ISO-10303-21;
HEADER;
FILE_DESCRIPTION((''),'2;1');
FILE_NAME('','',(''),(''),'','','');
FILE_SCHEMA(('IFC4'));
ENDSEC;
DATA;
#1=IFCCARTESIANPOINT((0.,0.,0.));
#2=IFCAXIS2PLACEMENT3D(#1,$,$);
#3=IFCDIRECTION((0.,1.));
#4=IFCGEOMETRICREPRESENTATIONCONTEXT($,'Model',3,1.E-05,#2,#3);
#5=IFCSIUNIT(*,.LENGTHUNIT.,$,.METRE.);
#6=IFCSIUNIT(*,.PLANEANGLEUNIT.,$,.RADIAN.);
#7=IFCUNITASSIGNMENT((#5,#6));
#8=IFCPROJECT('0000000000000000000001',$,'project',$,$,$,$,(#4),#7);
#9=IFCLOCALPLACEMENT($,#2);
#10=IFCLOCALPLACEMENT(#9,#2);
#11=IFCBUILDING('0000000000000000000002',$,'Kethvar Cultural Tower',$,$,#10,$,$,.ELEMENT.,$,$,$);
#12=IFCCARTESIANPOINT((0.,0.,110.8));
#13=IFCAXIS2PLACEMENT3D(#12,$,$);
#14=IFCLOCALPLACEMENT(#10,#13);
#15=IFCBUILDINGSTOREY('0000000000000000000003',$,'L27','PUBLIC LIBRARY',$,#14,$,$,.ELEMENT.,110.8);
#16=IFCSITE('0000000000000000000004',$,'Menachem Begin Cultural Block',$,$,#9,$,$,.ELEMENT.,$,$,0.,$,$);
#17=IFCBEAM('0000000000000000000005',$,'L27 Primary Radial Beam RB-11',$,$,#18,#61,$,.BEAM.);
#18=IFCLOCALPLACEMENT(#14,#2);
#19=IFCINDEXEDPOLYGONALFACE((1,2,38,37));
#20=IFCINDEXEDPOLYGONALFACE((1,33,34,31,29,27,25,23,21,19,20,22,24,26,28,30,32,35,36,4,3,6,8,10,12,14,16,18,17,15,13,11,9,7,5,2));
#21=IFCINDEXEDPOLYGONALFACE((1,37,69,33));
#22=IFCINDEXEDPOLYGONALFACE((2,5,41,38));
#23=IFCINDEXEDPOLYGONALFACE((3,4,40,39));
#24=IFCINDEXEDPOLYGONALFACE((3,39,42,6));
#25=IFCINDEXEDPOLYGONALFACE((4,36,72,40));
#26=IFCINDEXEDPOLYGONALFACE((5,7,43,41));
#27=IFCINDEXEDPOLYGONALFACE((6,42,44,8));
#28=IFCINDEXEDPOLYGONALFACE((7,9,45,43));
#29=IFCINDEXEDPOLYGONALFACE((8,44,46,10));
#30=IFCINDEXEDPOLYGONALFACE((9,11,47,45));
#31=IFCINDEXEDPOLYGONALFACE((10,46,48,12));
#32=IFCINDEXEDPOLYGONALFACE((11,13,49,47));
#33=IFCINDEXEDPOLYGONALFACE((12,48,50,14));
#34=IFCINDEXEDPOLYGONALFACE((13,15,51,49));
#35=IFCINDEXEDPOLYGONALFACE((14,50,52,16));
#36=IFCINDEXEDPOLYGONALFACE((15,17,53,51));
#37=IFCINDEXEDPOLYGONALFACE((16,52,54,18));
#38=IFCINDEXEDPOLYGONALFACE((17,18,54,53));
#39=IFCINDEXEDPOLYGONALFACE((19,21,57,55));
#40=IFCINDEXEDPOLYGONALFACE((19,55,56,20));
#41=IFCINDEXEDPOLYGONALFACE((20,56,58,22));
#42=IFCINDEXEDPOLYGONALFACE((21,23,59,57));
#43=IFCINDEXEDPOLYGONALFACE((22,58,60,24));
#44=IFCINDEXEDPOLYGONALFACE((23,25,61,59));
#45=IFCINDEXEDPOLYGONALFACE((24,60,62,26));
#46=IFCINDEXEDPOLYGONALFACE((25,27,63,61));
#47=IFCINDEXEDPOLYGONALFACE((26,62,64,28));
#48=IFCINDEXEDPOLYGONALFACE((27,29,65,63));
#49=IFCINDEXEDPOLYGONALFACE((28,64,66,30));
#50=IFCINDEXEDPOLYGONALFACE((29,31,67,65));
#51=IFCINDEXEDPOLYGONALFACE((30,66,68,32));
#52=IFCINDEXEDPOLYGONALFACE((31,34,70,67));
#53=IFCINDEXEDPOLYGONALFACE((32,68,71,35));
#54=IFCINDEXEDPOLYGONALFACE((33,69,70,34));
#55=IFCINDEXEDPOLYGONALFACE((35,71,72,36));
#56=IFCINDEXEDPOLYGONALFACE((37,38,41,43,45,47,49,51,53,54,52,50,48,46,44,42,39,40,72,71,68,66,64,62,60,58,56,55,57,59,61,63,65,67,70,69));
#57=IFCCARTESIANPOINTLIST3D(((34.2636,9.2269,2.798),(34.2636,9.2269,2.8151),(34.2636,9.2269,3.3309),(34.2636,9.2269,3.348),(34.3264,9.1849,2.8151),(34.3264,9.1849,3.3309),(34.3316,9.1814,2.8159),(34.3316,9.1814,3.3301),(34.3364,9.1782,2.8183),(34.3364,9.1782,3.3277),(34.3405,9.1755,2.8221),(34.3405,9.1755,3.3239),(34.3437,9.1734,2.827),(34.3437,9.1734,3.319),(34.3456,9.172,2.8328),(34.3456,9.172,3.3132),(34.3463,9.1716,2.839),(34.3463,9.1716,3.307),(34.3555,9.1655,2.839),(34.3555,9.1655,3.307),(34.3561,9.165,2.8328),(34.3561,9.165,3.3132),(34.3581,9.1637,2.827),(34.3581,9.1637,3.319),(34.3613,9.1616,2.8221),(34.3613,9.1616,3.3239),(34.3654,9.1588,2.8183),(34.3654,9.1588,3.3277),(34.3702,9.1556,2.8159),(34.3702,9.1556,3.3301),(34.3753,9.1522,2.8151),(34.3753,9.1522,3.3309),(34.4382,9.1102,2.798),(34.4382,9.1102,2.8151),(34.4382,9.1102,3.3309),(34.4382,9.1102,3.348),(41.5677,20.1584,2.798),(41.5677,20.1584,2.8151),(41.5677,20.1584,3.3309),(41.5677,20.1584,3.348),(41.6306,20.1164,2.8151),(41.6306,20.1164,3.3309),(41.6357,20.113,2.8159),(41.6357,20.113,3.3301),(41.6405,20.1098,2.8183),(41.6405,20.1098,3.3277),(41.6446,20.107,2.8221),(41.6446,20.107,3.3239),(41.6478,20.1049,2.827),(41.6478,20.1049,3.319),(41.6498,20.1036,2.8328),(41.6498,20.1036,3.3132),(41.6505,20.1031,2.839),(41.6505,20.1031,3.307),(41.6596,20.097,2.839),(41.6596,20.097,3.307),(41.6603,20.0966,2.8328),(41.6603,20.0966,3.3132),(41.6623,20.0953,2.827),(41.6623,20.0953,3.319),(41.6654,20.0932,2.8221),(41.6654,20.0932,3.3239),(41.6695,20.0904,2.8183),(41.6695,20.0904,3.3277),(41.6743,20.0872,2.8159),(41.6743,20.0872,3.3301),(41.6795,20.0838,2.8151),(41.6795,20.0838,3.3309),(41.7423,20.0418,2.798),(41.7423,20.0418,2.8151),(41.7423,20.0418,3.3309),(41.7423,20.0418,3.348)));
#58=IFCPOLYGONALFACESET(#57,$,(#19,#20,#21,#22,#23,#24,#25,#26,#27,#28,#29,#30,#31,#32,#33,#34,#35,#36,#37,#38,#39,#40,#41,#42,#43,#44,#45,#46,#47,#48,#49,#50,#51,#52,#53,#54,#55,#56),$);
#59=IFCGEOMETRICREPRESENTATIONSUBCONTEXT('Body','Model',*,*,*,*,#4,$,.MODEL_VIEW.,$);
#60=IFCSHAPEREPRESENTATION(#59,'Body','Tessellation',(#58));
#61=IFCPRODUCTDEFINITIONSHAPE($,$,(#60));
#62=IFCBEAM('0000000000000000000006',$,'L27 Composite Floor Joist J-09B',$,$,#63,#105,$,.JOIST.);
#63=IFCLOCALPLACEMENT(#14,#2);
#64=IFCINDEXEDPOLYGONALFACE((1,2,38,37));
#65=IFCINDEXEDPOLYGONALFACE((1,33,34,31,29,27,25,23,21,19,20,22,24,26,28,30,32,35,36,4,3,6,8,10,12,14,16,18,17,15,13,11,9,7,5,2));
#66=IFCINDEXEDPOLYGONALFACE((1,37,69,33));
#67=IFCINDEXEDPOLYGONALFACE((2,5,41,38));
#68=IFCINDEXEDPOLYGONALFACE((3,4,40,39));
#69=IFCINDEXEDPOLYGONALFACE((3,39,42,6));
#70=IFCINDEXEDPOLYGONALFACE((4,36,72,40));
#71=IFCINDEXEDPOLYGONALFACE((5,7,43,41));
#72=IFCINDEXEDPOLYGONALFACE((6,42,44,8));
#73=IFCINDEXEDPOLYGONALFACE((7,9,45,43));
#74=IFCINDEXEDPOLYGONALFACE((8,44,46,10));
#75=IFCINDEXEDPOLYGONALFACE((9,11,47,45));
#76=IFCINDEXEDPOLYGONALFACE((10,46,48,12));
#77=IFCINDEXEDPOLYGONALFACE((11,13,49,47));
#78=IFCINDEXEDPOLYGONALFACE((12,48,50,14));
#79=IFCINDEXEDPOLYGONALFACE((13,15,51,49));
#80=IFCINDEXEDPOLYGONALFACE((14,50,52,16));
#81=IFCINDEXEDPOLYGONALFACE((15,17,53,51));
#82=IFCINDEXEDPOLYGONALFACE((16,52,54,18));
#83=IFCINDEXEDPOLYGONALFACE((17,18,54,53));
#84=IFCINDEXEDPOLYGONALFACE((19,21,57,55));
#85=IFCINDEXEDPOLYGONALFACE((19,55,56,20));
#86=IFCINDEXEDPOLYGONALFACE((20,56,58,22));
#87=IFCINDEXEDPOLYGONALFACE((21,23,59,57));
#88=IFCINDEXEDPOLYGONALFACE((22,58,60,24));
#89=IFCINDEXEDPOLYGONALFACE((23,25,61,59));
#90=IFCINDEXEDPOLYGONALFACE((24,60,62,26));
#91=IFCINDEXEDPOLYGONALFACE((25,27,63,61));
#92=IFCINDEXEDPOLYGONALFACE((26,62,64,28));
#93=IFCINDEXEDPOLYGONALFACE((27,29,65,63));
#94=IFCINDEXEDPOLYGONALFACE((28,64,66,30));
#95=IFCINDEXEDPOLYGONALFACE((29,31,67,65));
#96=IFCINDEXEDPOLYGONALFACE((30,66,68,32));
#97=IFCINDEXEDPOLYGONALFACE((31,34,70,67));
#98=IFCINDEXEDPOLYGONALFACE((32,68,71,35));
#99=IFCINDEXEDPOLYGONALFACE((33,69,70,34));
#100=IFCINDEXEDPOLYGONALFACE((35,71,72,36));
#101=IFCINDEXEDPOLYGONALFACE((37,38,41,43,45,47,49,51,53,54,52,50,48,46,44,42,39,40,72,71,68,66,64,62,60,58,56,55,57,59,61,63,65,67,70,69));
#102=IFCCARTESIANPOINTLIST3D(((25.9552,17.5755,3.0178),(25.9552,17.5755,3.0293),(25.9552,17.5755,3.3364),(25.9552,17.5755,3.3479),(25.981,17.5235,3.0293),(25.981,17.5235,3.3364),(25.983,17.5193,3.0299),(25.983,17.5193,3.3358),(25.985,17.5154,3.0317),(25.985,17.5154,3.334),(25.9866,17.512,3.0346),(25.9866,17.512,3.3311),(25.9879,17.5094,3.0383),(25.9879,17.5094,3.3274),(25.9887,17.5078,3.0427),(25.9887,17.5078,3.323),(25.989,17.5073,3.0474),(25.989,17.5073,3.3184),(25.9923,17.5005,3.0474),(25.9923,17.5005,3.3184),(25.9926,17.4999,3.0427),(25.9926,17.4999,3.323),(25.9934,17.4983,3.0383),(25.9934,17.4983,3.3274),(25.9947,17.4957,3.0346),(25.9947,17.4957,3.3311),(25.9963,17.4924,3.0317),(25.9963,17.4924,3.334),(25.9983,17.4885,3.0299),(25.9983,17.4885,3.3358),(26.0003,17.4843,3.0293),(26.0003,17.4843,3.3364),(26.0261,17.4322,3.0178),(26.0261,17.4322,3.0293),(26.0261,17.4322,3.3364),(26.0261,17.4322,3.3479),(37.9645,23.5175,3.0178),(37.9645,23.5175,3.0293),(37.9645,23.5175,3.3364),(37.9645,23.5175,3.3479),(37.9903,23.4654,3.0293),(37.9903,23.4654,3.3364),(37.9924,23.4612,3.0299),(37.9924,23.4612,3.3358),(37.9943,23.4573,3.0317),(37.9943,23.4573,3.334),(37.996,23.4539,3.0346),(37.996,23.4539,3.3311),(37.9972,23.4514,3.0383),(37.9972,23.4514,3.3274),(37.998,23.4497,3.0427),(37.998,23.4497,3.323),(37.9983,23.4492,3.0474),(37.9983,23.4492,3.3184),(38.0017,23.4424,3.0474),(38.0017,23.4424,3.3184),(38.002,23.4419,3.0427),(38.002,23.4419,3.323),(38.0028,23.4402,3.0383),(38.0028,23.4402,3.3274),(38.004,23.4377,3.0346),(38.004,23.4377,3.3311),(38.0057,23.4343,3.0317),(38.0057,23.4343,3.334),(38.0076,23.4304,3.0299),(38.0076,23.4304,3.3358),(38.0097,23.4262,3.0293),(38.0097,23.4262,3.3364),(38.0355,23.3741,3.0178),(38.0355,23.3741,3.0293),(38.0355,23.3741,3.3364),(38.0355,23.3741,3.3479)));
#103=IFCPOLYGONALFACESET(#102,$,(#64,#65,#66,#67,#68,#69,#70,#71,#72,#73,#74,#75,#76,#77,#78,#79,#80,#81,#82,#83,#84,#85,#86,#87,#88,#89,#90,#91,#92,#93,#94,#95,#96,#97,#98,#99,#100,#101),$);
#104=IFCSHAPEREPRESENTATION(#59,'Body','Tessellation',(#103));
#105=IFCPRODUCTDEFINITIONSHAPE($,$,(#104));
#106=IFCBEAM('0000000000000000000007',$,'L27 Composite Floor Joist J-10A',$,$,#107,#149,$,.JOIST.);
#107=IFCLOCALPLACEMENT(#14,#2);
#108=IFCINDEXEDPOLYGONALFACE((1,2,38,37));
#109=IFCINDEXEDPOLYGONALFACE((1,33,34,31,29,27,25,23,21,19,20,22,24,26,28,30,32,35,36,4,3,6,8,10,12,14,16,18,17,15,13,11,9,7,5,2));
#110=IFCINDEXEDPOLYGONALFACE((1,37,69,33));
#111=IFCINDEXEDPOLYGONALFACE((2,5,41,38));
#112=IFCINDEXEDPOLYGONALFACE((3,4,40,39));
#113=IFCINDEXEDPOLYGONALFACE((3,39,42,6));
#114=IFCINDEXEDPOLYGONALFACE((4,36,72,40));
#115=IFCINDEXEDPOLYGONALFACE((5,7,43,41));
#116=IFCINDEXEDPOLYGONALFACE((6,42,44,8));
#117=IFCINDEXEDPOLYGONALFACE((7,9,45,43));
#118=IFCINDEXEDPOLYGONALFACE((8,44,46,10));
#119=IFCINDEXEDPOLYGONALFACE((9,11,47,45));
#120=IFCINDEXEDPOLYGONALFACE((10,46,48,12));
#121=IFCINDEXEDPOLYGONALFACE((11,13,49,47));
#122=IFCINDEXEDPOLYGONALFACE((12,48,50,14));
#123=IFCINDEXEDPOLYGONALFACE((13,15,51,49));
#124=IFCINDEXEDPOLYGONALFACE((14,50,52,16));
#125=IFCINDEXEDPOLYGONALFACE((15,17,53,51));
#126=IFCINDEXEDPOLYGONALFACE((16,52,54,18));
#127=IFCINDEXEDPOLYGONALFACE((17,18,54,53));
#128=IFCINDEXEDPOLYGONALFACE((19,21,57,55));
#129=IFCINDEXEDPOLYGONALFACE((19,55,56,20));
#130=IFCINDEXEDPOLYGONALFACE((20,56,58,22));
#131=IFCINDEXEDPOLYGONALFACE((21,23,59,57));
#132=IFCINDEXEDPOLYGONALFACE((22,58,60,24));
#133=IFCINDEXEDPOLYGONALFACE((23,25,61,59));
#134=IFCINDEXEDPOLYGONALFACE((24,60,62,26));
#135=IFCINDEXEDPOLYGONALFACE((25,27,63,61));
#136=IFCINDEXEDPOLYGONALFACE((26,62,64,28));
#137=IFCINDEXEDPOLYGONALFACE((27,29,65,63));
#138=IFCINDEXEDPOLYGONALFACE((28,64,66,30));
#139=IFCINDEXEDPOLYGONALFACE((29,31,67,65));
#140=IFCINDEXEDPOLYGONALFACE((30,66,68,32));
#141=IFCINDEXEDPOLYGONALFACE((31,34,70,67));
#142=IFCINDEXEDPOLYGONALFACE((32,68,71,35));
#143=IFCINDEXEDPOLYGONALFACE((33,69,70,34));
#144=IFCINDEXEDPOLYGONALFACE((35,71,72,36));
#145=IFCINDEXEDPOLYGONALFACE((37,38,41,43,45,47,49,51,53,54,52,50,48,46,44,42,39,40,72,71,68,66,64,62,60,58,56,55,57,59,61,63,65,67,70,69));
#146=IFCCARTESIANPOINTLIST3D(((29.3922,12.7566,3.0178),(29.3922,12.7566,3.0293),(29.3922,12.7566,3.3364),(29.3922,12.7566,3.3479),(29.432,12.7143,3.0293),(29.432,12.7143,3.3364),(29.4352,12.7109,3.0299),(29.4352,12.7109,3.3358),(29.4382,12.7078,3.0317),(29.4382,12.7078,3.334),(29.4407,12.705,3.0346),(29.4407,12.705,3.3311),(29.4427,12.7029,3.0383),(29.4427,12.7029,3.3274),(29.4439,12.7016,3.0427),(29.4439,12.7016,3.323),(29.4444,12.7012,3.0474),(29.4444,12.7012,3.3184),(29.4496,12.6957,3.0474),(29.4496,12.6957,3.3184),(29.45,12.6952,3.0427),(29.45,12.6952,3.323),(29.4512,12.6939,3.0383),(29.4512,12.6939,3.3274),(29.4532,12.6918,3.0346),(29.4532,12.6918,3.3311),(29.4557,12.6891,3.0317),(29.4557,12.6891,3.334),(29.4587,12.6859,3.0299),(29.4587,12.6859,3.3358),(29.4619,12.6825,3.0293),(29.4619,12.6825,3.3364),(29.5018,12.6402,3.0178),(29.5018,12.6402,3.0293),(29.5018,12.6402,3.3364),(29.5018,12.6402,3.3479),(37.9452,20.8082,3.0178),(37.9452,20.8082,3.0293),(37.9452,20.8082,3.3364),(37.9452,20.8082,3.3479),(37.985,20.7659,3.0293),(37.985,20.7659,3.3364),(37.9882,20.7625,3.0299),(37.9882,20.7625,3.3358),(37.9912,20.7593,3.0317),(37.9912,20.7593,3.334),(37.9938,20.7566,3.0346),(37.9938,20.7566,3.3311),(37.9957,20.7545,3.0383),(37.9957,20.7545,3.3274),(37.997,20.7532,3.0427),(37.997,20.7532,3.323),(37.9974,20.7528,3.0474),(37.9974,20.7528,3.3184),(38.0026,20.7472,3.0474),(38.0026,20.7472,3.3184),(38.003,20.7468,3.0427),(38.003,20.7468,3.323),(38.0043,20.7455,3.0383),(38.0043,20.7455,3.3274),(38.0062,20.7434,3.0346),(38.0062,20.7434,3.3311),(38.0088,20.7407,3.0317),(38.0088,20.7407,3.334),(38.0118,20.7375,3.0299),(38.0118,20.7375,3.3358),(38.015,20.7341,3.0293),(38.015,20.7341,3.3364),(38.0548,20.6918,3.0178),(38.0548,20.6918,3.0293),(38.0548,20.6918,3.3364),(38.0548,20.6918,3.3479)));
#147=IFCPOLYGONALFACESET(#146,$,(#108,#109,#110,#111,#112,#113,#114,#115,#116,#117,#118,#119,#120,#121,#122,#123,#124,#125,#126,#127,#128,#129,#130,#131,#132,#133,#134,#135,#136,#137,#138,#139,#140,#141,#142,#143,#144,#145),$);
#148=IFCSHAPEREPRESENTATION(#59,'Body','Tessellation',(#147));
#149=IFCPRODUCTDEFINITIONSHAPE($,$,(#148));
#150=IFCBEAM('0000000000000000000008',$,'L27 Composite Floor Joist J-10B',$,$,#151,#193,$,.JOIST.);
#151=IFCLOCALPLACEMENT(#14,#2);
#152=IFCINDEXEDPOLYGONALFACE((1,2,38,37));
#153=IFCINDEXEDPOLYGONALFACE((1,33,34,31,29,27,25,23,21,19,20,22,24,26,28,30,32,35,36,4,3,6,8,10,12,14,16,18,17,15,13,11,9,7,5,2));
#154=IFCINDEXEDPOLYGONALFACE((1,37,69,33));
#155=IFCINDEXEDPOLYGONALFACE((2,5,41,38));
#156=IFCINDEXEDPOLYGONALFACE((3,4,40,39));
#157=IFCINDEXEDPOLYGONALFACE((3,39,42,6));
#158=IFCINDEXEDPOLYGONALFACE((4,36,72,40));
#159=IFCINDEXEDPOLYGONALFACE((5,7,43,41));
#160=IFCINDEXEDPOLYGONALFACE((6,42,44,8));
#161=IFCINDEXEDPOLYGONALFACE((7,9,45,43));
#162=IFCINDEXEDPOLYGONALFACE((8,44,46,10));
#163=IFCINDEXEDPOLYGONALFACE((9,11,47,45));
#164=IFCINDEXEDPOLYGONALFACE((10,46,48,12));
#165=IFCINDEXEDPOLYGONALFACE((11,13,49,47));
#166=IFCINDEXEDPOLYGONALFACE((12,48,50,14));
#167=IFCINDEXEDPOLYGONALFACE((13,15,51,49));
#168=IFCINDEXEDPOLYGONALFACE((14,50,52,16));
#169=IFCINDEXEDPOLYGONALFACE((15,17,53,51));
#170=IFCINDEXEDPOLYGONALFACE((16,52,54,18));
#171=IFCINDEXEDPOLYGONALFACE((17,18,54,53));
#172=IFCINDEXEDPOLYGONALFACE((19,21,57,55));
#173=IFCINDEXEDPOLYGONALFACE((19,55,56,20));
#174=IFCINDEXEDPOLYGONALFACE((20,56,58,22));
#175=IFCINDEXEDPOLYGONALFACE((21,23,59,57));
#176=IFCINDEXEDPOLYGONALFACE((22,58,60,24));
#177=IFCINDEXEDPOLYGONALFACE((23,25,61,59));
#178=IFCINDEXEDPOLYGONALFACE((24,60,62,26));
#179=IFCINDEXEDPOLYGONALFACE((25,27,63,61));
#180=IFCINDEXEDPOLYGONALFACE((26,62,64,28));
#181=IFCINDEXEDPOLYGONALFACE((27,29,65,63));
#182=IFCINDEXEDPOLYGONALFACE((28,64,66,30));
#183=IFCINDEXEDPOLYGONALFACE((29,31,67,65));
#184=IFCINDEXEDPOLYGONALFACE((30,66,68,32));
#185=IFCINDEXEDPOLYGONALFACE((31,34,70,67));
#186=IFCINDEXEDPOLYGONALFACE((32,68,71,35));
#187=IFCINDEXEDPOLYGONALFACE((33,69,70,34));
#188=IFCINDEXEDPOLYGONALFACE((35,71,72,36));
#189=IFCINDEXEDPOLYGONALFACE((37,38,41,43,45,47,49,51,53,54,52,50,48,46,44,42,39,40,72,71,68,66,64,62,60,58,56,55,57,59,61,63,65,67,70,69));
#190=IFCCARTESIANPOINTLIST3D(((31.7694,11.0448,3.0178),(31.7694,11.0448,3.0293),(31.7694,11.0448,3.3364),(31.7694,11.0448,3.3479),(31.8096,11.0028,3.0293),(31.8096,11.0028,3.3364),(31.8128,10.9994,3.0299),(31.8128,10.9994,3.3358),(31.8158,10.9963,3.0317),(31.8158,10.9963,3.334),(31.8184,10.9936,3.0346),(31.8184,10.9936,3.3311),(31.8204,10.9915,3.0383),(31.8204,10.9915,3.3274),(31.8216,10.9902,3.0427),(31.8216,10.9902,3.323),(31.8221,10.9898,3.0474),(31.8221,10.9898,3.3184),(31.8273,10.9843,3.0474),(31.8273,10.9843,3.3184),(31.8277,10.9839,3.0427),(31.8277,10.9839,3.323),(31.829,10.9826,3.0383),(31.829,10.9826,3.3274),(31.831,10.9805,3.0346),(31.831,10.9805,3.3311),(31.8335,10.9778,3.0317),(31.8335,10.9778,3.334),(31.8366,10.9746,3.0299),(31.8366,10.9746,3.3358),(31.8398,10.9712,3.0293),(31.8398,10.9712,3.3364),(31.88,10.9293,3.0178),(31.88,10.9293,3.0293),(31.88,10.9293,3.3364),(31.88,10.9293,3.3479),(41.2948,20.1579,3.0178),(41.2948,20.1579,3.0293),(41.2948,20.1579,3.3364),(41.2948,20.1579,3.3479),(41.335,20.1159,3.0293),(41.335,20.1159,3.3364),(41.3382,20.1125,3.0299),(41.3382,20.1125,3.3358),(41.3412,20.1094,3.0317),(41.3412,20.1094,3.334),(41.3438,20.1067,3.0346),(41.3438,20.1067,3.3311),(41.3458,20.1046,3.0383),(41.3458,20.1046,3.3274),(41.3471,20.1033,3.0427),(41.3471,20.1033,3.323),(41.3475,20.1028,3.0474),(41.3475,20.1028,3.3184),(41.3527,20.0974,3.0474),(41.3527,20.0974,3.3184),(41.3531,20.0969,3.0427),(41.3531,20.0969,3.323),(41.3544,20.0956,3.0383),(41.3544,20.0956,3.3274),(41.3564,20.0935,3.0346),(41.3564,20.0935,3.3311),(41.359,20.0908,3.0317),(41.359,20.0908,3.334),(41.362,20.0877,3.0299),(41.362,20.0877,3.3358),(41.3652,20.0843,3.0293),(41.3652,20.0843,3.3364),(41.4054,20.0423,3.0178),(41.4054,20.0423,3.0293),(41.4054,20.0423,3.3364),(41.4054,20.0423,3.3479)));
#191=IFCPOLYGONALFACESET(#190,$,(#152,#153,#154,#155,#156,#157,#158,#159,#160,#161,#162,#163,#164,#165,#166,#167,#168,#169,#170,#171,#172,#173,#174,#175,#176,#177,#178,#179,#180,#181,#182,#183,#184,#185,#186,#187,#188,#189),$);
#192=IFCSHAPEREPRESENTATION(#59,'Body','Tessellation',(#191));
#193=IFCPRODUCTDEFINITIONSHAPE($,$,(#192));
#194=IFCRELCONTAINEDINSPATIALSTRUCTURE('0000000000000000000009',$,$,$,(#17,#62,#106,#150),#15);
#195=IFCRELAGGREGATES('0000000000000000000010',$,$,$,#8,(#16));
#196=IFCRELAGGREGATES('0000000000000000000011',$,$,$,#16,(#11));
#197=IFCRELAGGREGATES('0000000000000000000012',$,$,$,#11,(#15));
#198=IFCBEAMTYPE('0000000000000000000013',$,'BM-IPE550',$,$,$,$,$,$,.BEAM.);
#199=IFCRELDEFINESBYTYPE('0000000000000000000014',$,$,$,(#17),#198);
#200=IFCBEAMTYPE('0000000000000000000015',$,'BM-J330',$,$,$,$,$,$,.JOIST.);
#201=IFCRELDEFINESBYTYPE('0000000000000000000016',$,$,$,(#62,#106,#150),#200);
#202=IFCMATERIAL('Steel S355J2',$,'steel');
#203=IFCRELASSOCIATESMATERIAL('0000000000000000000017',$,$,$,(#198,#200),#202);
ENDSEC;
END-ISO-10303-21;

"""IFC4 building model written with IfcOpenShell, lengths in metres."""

from ifc_helpers import new_model, si_unit, direction, frame, origin, origin_2d, place, context, subcontext, project, spatial, i_section, extrude, source, transform, mapped, material, material_profile, profile_set, type_object, element, save


model = new_model("IFC4")

# Units and contexts
model_context = context("Model", 3, precision=1e-05, world=origin(), true_north=direction((0.0, 1.0)))
body_context = subcontext(model_context, "Body", "Model", "MODEL_VIEW")
ifc_project = project(units=[si_unit("LENGTHUNIT", "METRE"), si_unit("PLANEANGLEUNIT", "RADIAN")], contexts=[model_context])

# Site, building, storey
site_placement = place(None, origin())
site = spatial("IfcSite", under=ifc_project, at=site_placement, Name="Menachem Begin Cultural Block", CompositionType="ELEMENT", RefElevation=0.0)
building_placement = place(site_placement, origin())
building = spatial("IfcBuilding", under=site, at=building_placement, Name="Kethvar Cultural Tower", CompositionType="ELEMENT")
storey_placement = place(building_placement, frame((0.0, 0.0, 110.8)))
storey = spatial("IfcBuildingStorey", under=building, at=storey_placement, Name="L27", Description="PUBLIC LIBRARY", CompositionType="ELEMENT", Elevation=110.8)

# Beams
ifc_material_1 = material(Name="Steel S355J2", Category="steel")
ifc_material_profile_1 = material_profile(ifc_material_1, i_section(OverallWidth=0.21, OverallDepth=0.55, WebThickness=0.011, FlangeThickness=0.0171, FilletRadius=0.0239, at=origin_2d()), Name="Steel S355J2 — IPE550")
ifc_profile_set_1 = profile_set([ifc_material_profile_1], Name="Steel S355J2 — IPE550")
beam_type_1 = type_object("IfcBeamType", Name="BM-IPE550", PredefinedType="BEAM", material=ifc_profile_set_1)
shared_shape_1 = source(origin(), body_context, "Body", "SweptSolid", [
    extrude(i_section(OverallWidth=0.21, OverallDepth=0.55, WebThickness=0.011, FlangeThickness=0.0171, FilletRadius=0.0239, at=origin_2d()), origin(), (0.0, 0.0, 1.0), 13.1472),
])
beam_1_placement = place(storey_placement, frame((41.655, 20.1001, 3.073), z_axis=(-0.555566, -0.831473, 0.0), x_axis=(0.831473, -0.555566, 0.0)))
element("IfcBeam", 1, at=beam_1_placement, inside=storey, type_object=beam_type_1, Name="L27 Primary Radial Beam RB-11", PredefinedType="BEAM", context=body_context, shape_type="MappedRepresentation", body=[
    mapped(shared_shape_1, transform((0.0, 0.0, 0.0), scale=1.0)),
])
ifc_material_profile_2 = material_profile(ifc_material_1, i_section(OverallWidth=0.1599, OverallDepth=0.3301, WebThickness=0.0076, FlangeThickness=0.0115, FilletRadius=0.0181, at=origin_2d()), Name="Steel S355J2 — IPE330")
ifc_profile_set_2 = profile_set([ifc_material_profile_2], Name="Steel S355J2 — IPE330")
beam_type_2 = type_object("IfcBeamType", Name="BM-J330", PredefinedType="JOIST", material=ifc_profile_set_2)
shared_shape_2 = source(origin(), body_context, "Body", "SweptSolid", [
    extrude(i_section(OverallWidth=0.1599, OverallDepth=0.3301, WebThickness=0.0076, FlangeThickness=0.0115, FilletRadius=0.0181, at=origin_2d()), origin(), (0.0, 0.0, 1.0), 13.3989),
])
beam_2_placement = place(storey_placement, frame((38.0, 23.4458, 3.1829), z_axis=(-0.896292, -0.443463, 0.0), x_axis=(0.443463, -0.896292, 0.0)))
element("IfcBeam", 2, at=beam_2_placement, inside=storey, type_object=beam_type_2, Name="L27 Composite Floor Joist J-09B", PredefinedType="JOIST", context=body_context, shape_type="MappedRepresentation", body=[
    mapped(shared_shape_2, transform((0.0, 0.0, 0.0), scale=1.0)),
])
shared_shape_3 = source(origin(), body_context, "Body", "SweptSolid", [
    extrude(i_section(OverallWidth=0.1599, OverallDepth=0.3301, WebThickness=0.0076, FlangeThickness=0.0115, FilletRadius=0.0181, at=origin_2d()), origin(), (0.0, 0.0, 1.0), 11.7466),
])
beam_3_placement = place(storey_placement, frame((38.0, 20.75, 3.1829), z_axis=(-0.72813, -0.685439, 0.0), x_axis=(0.685439, -0.72813, 0.0)))
element("IfcBeam", 3, at=beam_3_placement, inside=storey, type_object=beam_type_2, Name="L27 Composite Floor Joist J-10A", PredefinedType="JOIST", context=body_context, shape_type="MappedRepresentation", body=[
    mapped(shared_shape_3, transform((0.0, 0.0, 0.0), scale=1.0)),
])
shared_shape_4 = source(origin(), body_context, "Body", "SweptSolid", [
    extrude(i_section(OverallWidth=0.1599, OverallDepth=0.3301, WebThickness=0.0076, FlangeThickness=0.0115, FilletRadius=0.0181, at=origin_2d()), origin(), (0.0, 0.0, 1.0), 13.1826),
])
beam_4_placement = place(storey_placement, frame((41.3501, 20.1001, 3.1829), z_axis=(-0.722574, -0.691294, 0.0), x_axis=(0.691294, -0.722574, 0.0)))
element("IfcBeam", 4, at=beam_4_placement, inside=storey, type_object=beam_type_2, Name="L27 Composite Floor Joist J-10B", PredefinedType="JOIST", context=body_context, shape_type="MappedRepresentation", body=[
    mapped(shared_shape_4, transform((0.0, 0.0, 0.0), scale=1.0)),
])

save(model, "model.ifc")
